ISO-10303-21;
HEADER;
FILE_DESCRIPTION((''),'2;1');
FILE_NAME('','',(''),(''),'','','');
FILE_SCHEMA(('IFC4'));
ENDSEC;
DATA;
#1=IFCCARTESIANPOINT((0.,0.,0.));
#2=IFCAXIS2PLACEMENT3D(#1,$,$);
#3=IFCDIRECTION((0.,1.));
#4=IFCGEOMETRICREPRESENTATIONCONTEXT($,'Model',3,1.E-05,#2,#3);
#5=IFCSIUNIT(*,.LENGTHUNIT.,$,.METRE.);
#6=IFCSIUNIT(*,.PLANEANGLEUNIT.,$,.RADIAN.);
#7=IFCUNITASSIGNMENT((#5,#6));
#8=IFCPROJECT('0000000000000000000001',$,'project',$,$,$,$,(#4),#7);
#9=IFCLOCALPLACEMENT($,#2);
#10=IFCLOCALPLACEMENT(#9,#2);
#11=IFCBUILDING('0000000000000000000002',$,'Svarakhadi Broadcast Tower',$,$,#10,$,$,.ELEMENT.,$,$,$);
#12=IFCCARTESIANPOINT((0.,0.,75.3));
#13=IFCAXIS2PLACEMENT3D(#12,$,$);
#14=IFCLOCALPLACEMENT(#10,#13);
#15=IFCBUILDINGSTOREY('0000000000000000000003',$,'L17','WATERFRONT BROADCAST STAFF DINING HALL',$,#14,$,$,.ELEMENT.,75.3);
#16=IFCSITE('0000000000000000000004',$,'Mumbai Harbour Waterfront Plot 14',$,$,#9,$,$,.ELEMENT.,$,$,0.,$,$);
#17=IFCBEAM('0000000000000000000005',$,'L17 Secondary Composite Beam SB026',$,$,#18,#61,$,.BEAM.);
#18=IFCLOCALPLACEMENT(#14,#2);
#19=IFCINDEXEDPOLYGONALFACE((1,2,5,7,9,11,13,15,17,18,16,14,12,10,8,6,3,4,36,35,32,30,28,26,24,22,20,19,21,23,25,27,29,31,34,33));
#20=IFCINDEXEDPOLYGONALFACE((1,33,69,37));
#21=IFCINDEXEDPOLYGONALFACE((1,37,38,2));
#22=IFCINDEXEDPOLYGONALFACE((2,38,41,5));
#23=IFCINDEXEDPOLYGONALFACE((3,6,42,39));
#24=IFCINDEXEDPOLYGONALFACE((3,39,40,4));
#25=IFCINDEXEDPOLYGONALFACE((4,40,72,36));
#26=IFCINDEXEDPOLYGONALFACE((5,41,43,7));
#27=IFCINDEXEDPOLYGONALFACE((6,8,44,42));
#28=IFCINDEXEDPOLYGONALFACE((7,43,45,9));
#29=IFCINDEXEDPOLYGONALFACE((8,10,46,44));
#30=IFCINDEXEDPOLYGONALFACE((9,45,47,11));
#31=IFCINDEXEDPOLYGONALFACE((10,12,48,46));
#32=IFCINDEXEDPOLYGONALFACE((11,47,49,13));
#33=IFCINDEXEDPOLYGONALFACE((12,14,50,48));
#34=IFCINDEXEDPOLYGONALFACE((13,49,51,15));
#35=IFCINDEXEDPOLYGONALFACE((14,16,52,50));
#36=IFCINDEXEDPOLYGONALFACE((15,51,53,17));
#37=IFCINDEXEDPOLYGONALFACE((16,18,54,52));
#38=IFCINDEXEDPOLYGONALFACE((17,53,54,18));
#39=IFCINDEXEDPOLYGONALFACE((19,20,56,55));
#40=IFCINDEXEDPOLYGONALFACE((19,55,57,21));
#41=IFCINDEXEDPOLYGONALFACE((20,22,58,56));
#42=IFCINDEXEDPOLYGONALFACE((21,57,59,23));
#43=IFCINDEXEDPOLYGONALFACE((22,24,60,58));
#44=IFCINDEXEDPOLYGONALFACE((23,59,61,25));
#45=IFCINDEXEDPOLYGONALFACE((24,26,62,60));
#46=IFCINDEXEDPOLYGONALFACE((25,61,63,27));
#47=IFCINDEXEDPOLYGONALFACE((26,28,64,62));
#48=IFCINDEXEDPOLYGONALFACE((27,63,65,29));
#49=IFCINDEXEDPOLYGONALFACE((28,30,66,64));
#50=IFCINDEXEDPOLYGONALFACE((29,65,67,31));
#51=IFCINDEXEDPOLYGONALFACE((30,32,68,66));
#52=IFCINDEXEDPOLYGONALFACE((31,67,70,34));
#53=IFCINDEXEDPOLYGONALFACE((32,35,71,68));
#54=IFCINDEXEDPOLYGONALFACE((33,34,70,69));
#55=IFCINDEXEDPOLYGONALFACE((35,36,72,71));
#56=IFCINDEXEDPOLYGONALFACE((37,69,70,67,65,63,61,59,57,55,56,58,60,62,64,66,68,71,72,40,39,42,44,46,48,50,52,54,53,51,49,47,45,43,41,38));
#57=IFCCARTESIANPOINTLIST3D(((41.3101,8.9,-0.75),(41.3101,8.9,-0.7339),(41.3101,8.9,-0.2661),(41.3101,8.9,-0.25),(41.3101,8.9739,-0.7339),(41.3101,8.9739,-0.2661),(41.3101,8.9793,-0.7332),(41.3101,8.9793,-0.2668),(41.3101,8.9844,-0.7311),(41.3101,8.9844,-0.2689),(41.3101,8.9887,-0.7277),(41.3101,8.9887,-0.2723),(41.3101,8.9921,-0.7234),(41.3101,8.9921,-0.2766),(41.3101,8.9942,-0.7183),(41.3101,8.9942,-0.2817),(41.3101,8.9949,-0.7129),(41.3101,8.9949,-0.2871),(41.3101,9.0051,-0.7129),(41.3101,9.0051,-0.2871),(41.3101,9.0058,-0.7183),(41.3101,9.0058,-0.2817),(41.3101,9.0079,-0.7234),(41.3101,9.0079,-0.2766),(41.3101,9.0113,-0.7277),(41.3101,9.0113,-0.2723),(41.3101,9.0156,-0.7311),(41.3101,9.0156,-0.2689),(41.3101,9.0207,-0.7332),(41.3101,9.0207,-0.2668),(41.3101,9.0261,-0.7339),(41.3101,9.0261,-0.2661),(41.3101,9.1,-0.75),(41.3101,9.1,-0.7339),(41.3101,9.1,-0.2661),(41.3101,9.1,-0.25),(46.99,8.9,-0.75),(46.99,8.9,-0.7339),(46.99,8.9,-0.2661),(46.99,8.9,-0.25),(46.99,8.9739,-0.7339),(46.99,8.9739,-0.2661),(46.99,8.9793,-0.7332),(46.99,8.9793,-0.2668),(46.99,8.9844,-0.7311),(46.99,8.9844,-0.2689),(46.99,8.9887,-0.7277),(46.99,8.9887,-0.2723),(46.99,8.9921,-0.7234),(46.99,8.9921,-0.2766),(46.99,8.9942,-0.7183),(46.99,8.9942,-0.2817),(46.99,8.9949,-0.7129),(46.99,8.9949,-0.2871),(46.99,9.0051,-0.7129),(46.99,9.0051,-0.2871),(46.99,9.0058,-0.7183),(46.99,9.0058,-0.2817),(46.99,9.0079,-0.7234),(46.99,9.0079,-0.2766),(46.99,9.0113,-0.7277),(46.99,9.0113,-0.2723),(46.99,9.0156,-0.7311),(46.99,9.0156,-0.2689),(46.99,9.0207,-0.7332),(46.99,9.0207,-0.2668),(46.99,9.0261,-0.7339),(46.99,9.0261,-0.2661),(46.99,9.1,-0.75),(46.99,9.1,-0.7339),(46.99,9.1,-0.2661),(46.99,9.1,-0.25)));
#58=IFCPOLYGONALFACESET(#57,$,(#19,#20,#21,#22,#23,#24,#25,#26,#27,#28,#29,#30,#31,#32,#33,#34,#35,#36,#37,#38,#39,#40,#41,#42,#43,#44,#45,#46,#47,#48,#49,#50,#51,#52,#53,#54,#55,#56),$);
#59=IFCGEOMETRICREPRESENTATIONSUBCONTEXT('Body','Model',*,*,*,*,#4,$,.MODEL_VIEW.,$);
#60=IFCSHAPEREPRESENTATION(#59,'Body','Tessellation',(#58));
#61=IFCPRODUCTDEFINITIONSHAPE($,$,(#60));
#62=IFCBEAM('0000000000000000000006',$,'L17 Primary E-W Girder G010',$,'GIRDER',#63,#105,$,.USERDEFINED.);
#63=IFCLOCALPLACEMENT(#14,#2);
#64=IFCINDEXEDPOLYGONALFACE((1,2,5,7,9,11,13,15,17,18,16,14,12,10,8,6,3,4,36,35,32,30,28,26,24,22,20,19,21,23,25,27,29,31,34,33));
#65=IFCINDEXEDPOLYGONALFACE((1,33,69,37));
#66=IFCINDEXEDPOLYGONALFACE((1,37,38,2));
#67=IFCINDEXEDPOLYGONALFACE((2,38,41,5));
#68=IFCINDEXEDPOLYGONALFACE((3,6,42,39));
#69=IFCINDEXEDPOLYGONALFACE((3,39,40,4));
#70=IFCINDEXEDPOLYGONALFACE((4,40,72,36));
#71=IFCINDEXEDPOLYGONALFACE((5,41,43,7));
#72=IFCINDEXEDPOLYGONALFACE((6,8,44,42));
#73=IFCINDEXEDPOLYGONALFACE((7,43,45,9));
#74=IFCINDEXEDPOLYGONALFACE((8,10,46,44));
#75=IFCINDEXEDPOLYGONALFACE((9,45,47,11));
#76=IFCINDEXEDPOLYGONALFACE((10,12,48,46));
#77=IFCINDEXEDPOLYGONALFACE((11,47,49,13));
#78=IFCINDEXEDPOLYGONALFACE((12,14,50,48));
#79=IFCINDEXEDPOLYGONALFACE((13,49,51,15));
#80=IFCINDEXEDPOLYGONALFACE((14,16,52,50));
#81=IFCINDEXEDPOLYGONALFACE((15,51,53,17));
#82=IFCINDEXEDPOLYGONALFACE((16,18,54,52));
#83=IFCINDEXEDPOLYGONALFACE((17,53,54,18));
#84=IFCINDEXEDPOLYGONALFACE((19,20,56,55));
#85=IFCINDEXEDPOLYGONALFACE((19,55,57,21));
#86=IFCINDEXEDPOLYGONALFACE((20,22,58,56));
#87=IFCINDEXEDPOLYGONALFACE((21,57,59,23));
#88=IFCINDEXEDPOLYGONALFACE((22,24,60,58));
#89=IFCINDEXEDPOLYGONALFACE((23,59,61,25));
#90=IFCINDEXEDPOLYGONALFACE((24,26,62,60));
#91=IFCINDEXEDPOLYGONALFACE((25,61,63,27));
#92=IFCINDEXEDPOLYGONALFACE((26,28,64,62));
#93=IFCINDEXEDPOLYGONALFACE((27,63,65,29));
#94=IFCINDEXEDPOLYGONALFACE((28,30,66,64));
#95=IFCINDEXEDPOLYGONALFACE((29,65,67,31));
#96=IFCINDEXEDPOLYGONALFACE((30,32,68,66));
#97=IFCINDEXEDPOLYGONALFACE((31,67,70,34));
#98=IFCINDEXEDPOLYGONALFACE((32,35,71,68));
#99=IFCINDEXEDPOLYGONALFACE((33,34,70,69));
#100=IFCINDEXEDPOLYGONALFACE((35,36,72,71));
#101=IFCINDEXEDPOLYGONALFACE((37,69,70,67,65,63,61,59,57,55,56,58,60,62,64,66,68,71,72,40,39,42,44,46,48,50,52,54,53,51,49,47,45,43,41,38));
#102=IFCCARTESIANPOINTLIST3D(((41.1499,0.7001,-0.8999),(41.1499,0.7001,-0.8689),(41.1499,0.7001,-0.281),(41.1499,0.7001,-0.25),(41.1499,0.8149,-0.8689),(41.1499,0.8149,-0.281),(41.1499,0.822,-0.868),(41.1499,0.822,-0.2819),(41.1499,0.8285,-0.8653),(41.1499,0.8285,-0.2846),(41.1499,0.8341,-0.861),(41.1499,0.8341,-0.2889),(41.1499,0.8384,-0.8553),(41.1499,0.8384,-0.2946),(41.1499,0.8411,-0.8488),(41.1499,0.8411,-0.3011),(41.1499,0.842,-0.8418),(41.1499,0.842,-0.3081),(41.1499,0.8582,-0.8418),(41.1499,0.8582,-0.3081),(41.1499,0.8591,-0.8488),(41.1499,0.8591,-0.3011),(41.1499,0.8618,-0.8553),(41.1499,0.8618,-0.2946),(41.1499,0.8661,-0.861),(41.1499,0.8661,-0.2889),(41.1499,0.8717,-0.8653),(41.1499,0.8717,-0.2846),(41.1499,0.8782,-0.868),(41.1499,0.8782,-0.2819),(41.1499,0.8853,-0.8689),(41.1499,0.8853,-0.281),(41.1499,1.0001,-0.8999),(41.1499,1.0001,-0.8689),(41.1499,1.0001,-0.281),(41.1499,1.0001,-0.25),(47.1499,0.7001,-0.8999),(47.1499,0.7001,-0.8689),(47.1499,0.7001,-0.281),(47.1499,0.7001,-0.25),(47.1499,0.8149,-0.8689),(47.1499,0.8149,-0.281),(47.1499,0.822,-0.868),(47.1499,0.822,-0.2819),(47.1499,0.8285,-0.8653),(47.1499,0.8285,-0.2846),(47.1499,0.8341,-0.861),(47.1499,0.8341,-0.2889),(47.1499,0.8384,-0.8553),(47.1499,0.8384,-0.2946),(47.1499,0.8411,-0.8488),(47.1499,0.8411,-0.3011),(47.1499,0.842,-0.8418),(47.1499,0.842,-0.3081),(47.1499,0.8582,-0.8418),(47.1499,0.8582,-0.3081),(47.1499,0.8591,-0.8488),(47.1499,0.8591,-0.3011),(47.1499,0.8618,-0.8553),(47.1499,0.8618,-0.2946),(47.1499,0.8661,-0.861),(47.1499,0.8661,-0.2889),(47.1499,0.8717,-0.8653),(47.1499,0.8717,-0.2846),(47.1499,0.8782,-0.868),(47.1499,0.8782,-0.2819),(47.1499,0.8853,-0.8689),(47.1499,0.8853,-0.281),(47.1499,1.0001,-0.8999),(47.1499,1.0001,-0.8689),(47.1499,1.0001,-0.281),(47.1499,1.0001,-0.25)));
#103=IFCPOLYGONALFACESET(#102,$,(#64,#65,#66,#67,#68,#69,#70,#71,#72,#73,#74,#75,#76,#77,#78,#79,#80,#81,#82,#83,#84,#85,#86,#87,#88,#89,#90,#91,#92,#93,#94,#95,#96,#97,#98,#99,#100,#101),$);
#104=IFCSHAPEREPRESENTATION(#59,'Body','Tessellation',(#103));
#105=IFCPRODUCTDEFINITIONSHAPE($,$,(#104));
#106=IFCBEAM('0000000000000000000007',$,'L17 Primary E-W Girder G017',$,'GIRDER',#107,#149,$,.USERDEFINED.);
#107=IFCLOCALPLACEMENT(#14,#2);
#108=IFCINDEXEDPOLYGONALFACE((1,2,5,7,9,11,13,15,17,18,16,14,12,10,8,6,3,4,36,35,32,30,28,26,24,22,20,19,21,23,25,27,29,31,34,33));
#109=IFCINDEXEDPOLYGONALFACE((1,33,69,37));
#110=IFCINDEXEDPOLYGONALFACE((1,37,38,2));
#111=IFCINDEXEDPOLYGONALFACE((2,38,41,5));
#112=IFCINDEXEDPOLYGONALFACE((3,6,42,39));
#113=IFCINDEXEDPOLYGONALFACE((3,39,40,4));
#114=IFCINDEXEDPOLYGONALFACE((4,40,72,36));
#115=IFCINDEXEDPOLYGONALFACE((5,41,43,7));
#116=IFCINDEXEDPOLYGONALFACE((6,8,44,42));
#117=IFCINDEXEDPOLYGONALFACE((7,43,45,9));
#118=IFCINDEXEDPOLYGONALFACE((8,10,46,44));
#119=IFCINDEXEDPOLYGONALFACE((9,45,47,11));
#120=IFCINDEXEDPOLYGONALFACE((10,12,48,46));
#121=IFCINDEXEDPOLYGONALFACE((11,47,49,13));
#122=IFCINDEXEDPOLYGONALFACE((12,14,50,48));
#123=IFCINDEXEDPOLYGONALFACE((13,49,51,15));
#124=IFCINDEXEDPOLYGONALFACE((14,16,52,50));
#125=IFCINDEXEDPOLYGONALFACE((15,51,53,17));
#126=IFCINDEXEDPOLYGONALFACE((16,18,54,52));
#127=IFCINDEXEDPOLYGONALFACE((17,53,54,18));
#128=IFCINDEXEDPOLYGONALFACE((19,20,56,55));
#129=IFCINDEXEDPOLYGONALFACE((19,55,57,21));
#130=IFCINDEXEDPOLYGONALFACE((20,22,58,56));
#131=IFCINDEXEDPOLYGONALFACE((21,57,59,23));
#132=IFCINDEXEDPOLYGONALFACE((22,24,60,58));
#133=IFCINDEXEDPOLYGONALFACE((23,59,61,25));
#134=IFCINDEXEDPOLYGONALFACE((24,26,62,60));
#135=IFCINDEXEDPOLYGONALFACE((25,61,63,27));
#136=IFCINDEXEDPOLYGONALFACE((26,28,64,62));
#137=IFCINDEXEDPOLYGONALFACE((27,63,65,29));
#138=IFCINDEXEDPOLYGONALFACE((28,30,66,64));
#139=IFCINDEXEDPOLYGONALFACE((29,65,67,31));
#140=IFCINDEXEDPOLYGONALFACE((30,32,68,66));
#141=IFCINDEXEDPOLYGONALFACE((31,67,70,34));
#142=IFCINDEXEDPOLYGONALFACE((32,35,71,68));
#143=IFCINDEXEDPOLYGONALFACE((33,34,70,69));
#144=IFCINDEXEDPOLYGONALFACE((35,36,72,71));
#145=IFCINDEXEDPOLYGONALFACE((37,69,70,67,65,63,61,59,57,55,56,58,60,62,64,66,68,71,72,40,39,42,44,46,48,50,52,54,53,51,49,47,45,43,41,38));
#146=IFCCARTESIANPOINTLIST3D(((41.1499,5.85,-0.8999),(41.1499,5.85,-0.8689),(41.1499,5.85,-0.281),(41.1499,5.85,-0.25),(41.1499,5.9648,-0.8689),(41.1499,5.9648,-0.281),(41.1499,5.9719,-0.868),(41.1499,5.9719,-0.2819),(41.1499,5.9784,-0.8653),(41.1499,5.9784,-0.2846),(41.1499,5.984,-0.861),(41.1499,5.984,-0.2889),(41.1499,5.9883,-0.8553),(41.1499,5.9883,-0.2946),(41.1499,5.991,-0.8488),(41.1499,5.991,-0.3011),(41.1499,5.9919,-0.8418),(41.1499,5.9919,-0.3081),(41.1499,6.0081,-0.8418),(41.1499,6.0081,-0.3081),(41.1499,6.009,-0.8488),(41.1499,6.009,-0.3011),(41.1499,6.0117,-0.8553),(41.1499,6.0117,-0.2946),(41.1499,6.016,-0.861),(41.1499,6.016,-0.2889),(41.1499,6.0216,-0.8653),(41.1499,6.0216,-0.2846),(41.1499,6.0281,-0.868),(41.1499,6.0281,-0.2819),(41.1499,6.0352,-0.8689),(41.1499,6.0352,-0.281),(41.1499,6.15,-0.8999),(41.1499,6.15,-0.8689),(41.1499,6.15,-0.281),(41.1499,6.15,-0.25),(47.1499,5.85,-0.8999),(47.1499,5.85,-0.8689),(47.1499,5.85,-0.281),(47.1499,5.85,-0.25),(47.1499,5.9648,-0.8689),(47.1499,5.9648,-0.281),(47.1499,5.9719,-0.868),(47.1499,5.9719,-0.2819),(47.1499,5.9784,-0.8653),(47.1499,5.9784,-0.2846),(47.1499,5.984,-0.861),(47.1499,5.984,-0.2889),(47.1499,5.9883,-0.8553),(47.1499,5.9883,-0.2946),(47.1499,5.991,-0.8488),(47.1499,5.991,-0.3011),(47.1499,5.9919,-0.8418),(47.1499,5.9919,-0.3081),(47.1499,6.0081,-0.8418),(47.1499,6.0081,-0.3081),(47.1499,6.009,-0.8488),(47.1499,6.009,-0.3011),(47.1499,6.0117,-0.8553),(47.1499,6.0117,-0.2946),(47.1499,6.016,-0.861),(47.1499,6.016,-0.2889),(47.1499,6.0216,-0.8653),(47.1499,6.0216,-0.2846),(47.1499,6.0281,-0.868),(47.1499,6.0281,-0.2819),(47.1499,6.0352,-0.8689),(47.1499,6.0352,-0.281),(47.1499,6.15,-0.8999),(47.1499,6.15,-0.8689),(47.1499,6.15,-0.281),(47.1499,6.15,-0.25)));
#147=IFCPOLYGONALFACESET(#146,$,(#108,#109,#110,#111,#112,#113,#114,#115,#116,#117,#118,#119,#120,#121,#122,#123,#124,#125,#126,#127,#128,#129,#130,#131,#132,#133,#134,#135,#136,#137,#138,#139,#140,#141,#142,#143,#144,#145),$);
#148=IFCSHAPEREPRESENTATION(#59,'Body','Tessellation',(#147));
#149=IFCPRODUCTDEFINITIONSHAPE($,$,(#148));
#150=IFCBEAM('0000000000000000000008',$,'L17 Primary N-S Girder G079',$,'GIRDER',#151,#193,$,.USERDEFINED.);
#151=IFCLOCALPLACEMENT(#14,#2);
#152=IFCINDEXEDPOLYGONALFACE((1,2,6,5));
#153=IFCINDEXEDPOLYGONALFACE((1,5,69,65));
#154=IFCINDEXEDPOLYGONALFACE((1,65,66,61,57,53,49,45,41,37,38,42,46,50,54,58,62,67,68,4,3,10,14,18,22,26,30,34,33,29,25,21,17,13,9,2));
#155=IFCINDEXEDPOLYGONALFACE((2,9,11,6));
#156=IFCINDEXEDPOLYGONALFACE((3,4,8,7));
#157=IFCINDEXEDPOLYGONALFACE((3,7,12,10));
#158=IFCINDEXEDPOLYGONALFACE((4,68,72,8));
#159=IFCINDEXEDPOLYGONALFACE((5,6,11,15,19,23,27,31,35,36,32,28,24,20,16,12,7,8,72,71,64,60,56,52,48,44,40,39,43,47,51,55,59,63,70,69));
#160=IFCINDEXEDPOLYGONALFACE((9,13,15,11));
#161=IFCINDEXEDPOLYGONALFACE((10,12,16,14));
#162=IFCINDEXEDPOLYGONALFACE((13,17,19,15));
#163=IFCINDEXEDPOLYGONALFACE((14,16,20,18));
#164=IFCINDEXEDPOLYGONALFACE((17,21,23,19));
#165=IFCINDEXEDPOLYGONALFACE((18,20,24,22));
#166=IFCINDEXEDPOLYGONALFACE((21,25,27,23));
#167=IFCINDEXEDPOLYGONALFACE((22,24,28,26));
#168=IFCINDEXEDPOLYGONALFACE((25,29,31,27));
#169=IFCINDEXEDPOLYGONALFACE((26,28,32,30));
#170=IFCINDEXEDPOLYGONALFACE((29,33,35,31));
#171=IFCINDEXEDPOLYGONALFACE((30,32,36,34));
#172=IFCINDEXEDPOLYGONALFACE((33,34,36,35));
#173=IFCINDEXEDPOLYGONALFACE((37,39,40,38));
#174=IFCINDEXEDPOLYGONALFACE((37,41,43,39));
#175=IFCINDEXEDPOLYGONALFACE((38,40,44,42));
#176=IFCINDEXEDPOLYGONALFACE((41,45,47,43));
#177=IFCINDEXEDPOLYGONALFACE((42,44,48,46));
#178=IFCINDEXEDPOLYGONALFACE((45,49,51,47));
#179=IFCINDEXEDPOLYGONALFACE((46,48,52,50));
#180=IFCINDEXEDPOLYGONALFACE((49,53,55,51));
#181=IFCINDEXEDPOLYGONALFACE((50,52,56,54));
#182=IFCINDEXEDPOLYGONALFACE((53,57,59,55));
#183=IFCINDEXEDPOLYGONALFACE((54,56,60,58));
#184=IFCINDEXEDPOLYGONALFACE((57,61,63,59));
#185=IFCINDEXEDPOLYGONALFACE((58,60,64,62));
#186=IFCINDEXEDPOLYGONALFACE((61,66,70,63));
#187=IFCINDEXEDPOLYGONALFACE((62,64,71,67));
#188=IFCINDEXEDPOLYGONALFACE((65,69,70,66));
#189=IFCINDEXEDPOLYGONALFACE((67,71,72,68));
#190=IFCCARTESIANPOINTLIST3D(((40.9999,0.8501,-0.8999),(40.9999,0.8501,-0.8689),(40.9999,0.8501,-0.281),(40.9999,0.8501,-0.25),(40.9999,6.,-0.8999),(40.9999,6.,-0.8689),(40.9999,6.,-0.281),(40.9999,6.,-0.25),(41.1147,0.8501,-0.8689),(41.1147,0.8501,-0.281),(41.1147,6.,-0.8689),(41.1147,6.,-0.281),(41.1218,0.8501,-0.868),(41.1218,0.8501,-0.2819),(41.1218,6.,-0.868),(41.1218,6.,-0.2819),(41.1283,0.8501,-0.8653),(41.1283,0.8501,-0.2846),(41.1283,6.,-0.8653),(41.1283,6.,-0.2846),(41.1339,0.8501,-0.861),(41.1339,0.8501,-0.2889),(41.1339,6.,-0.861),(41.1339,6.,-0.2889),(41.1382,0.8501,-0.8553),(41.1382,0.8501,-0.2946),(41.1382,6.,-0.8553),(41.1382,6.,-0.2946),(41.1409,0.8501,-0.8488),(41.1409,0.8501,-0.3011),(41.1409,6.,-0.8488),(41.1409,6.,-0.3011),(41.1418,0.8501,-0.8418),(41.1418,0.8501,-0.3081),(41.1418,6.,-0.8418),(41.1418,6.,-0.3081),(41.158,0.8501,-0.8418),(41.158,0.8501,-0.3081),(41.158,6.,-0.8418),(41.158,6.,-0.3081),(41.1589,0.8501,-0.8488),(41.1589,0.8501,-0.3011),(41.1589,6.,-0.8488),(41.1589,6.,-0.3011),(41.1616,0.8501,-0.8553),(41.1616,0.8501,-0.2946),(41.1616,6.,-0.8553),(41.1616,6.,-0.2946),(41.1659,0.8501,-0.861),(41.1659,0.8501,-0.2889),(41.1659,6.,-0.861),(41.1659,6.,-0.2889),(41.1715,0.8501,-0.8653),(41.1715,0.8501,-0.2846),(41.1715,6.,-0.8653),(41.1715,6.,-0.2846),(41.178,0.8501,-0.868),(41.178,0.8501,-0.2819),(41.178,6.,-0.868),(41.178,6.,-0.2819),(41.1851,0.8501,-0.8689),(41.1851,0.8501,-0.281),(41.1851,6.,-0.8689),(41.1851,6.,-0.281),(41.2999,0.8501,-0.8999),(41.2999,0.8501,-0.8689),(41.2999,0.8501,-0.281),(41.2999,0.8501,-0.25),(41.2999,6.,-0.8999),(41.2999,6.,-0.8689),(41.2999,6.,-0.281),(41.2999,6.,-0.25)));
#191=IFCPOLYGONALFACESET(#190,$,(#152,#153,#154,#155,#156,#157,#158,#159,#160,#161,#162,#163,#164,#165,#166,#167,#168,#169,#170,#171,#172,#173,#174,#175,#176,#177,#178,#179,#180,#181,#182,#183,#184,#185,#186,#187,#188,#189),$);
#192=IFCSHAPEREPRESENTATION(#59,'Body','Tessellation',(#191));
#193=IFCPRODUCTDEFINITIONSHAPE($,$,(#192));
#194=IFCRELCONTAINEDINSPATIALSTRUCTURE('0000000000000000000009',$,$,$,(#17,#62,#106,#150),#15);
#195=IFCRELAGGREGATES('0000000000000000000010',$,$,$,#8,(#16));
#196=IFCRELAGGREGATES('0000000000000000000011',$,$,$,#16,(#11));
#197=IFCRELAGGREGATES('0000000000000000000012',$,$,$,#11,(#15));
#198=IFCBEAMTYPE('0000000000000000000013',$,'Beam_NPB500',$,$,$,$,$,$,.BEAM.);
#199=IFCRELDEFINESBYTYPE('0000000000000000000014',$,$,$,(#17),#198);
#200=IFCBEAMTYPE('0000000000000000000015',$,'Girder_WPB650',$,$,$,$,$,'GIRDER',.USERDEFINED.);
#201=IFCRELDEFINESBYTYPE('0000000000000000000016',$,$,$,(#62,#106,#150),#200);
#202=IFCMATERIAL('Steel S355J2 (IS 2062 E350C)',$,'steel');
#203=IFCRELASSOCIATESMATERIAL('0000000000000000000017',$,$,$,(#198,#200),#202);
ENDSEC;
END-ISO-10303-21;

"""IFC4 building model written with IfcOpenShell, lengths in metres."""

from ifc_helpers import new_model, si_unit, direction, frame, origin, origin_2d, place, context, subcontext, project, spatial, i_section, extrude, material, material_profile, profile_set, type_object, element, save


model = new_model("IFC4")

# Units and contexts
model_context = context("Model", 3, precision=1e-05, world=origin(), true_north=direction((0.0, 1.0)))
body_context = subcontext(model_context, "Body", "Model", "MODEL_VIEW")
ifc_project = project(units=[si_unit("LENGTHUNIT", "METRE"), si_unit("PLANEANGLEUNIT", "RADIAN")], contexts=[model_context])

# Site, building, storey
site_placement = place(None, origin())
site = spatial("IfcSite", under=ifc_project, at=site_placement, Name="Mumbai Harbour Waterfront Plot 14", CompositionType="ELEMENT", RefElevation=0.0)
building_placement = place(site_placement, origin())
building = spatial("IfcBuilding", under=site, at=building_placement, Name="Svarakhadi Broadcast Tower", CompositionType="ELEMENT")
storey_placement = place(building_placement, frame((0.0, 0.0, 75.3)))
storey = spatial("IfcBuildingStorey", under=building, at=storey_placement, Name="L17", Description="WATERFRONT BROADCAST STAFF DINING HALL", CompositionType="ELEMENT", Elevation=75.3)

# Beams
ifc_material_1 = material(Name="Steel S355J2 (IS 2062 E350C)", Category="steel")
ifc_material_profile_1 = material_profile(ifc_material_1, i_section(OverallWidth=0.2, OverallDepth=0.5, WebThickness=0.0103, FlangeThickness=0.0161, FilletRadius=0.021, at=origin_2d()), Name="NPB 500x200x91")
ifc_profile_set_1 = profile_set([ifc_material_profile_1], Name="Steel S355J2 (IS 2062 E350C)")
beam_type_1 = type_object("IfcBeamType", Name="Beam_NPB500", PredefinedType="BEAM", material=ifc_profile_set_1)
for number, where, z_axis, x_axis, name in (
    (1, (41.3101, 9.0, -0.5), (1.0, 0.0, 0.0), (0.0, 1.0, 0.0), "L17 Secondary Composite Beam SB026"),
):
    element("IfcBeam", number, at=place(storey_placement, frame(where, z_axis=z_axis, x_axis=x_axis)), inside=storey, type_object=beam_type_1, Name=name, PredefinedType="BEAM", context=body_context, shape_type="SweptSolid", body=[
        extrude(i_section(OverallWidth=0.2, OverallDepth=0.5, WebThickness=0.0103, FlangeThickness=0.0161, FilletRadius=0.021, at=origin_2d()), origin(), (0.0, 0.0, 1.0), 5.6799),
    ])
ifc_material_profile_2 = material_profile(ifc_material_1, i_section(OverallWidth=0.3, OverallDepth=0.6499, WebThickness=0.0161, FlangeThickness=0.031, FilletRadius=0.0271, at=origin_2d()), Name="WPB 650x300x225")
ifc_profile_set_2 = profile_set([ifc_material_profile_2], Name="Steel S355J2 (IS 2062 E350C)")
beam_type_2 = type_object("IfcBeamType", Name="Girder_WPB650", ElementType="GIRDER", PredefinedType="USERDEFINED", material=ifc_profile_set_2)
for number, where, z_axis, x_axis, name in (
    (2, (41.1499, 0.8501, -0.575), (1.0, 0.0, 0.0), (0.0, 1.0, 0.0), "L17 Primary E-W Girder G010"),
    (3, (41.1499, 6.0, -0.575), (1.0, 0.0, 0.0), (0.0, 1.0, 0.0), "L17 Primary E-W Girder G017"),
):
    element("IfcBeam", number, at=place(storey_placement, frame(where, z_axis=z_axis, x_axis=x_axis)), inside=storey, type_object=beam_type_2, Name=name, ObjectType="GIRDER", PredefinedType="USERDEFINED", context=body_context, shape_type="SweptSolid", body=[
        extrude(i_section(OverallWidth=0.3, OverallDepth=0.6499, WebThickness=0.0161, FlangeThickness=0.031, FilletRadius=0.0271, at=origin_2d()), origin(), (0.0, 0.0, 1.0), 6.0),
    ])
beam_1_placement = place(storey_placement, frame((41.1499, 0.8501, -0.575), z_axis=(0.0, 1.0, 0.0), x_axis=(-1.0, 0.0, 0.0)))
element("IfcBeam", 4, at=beam_1_placement, inside=storey, type_object=beam_type_2, Name="L17 Primary N-S Girder G079", ObjectType="GIRDER", PredefinedType="USERDEFINED", context=body_context, shape_type="SweptSolid", body=[
    extrude(i_section(OverallWidth=0.3, OverallDepth=0.6499, WebThickness=0.0161, FlangeThickness=0.031, FilletRadius=0.0271, at=origin_2d()), origin(), (0.0, 0.0, 1.0), 5.1499),
])

save(model, "model.ifc")
